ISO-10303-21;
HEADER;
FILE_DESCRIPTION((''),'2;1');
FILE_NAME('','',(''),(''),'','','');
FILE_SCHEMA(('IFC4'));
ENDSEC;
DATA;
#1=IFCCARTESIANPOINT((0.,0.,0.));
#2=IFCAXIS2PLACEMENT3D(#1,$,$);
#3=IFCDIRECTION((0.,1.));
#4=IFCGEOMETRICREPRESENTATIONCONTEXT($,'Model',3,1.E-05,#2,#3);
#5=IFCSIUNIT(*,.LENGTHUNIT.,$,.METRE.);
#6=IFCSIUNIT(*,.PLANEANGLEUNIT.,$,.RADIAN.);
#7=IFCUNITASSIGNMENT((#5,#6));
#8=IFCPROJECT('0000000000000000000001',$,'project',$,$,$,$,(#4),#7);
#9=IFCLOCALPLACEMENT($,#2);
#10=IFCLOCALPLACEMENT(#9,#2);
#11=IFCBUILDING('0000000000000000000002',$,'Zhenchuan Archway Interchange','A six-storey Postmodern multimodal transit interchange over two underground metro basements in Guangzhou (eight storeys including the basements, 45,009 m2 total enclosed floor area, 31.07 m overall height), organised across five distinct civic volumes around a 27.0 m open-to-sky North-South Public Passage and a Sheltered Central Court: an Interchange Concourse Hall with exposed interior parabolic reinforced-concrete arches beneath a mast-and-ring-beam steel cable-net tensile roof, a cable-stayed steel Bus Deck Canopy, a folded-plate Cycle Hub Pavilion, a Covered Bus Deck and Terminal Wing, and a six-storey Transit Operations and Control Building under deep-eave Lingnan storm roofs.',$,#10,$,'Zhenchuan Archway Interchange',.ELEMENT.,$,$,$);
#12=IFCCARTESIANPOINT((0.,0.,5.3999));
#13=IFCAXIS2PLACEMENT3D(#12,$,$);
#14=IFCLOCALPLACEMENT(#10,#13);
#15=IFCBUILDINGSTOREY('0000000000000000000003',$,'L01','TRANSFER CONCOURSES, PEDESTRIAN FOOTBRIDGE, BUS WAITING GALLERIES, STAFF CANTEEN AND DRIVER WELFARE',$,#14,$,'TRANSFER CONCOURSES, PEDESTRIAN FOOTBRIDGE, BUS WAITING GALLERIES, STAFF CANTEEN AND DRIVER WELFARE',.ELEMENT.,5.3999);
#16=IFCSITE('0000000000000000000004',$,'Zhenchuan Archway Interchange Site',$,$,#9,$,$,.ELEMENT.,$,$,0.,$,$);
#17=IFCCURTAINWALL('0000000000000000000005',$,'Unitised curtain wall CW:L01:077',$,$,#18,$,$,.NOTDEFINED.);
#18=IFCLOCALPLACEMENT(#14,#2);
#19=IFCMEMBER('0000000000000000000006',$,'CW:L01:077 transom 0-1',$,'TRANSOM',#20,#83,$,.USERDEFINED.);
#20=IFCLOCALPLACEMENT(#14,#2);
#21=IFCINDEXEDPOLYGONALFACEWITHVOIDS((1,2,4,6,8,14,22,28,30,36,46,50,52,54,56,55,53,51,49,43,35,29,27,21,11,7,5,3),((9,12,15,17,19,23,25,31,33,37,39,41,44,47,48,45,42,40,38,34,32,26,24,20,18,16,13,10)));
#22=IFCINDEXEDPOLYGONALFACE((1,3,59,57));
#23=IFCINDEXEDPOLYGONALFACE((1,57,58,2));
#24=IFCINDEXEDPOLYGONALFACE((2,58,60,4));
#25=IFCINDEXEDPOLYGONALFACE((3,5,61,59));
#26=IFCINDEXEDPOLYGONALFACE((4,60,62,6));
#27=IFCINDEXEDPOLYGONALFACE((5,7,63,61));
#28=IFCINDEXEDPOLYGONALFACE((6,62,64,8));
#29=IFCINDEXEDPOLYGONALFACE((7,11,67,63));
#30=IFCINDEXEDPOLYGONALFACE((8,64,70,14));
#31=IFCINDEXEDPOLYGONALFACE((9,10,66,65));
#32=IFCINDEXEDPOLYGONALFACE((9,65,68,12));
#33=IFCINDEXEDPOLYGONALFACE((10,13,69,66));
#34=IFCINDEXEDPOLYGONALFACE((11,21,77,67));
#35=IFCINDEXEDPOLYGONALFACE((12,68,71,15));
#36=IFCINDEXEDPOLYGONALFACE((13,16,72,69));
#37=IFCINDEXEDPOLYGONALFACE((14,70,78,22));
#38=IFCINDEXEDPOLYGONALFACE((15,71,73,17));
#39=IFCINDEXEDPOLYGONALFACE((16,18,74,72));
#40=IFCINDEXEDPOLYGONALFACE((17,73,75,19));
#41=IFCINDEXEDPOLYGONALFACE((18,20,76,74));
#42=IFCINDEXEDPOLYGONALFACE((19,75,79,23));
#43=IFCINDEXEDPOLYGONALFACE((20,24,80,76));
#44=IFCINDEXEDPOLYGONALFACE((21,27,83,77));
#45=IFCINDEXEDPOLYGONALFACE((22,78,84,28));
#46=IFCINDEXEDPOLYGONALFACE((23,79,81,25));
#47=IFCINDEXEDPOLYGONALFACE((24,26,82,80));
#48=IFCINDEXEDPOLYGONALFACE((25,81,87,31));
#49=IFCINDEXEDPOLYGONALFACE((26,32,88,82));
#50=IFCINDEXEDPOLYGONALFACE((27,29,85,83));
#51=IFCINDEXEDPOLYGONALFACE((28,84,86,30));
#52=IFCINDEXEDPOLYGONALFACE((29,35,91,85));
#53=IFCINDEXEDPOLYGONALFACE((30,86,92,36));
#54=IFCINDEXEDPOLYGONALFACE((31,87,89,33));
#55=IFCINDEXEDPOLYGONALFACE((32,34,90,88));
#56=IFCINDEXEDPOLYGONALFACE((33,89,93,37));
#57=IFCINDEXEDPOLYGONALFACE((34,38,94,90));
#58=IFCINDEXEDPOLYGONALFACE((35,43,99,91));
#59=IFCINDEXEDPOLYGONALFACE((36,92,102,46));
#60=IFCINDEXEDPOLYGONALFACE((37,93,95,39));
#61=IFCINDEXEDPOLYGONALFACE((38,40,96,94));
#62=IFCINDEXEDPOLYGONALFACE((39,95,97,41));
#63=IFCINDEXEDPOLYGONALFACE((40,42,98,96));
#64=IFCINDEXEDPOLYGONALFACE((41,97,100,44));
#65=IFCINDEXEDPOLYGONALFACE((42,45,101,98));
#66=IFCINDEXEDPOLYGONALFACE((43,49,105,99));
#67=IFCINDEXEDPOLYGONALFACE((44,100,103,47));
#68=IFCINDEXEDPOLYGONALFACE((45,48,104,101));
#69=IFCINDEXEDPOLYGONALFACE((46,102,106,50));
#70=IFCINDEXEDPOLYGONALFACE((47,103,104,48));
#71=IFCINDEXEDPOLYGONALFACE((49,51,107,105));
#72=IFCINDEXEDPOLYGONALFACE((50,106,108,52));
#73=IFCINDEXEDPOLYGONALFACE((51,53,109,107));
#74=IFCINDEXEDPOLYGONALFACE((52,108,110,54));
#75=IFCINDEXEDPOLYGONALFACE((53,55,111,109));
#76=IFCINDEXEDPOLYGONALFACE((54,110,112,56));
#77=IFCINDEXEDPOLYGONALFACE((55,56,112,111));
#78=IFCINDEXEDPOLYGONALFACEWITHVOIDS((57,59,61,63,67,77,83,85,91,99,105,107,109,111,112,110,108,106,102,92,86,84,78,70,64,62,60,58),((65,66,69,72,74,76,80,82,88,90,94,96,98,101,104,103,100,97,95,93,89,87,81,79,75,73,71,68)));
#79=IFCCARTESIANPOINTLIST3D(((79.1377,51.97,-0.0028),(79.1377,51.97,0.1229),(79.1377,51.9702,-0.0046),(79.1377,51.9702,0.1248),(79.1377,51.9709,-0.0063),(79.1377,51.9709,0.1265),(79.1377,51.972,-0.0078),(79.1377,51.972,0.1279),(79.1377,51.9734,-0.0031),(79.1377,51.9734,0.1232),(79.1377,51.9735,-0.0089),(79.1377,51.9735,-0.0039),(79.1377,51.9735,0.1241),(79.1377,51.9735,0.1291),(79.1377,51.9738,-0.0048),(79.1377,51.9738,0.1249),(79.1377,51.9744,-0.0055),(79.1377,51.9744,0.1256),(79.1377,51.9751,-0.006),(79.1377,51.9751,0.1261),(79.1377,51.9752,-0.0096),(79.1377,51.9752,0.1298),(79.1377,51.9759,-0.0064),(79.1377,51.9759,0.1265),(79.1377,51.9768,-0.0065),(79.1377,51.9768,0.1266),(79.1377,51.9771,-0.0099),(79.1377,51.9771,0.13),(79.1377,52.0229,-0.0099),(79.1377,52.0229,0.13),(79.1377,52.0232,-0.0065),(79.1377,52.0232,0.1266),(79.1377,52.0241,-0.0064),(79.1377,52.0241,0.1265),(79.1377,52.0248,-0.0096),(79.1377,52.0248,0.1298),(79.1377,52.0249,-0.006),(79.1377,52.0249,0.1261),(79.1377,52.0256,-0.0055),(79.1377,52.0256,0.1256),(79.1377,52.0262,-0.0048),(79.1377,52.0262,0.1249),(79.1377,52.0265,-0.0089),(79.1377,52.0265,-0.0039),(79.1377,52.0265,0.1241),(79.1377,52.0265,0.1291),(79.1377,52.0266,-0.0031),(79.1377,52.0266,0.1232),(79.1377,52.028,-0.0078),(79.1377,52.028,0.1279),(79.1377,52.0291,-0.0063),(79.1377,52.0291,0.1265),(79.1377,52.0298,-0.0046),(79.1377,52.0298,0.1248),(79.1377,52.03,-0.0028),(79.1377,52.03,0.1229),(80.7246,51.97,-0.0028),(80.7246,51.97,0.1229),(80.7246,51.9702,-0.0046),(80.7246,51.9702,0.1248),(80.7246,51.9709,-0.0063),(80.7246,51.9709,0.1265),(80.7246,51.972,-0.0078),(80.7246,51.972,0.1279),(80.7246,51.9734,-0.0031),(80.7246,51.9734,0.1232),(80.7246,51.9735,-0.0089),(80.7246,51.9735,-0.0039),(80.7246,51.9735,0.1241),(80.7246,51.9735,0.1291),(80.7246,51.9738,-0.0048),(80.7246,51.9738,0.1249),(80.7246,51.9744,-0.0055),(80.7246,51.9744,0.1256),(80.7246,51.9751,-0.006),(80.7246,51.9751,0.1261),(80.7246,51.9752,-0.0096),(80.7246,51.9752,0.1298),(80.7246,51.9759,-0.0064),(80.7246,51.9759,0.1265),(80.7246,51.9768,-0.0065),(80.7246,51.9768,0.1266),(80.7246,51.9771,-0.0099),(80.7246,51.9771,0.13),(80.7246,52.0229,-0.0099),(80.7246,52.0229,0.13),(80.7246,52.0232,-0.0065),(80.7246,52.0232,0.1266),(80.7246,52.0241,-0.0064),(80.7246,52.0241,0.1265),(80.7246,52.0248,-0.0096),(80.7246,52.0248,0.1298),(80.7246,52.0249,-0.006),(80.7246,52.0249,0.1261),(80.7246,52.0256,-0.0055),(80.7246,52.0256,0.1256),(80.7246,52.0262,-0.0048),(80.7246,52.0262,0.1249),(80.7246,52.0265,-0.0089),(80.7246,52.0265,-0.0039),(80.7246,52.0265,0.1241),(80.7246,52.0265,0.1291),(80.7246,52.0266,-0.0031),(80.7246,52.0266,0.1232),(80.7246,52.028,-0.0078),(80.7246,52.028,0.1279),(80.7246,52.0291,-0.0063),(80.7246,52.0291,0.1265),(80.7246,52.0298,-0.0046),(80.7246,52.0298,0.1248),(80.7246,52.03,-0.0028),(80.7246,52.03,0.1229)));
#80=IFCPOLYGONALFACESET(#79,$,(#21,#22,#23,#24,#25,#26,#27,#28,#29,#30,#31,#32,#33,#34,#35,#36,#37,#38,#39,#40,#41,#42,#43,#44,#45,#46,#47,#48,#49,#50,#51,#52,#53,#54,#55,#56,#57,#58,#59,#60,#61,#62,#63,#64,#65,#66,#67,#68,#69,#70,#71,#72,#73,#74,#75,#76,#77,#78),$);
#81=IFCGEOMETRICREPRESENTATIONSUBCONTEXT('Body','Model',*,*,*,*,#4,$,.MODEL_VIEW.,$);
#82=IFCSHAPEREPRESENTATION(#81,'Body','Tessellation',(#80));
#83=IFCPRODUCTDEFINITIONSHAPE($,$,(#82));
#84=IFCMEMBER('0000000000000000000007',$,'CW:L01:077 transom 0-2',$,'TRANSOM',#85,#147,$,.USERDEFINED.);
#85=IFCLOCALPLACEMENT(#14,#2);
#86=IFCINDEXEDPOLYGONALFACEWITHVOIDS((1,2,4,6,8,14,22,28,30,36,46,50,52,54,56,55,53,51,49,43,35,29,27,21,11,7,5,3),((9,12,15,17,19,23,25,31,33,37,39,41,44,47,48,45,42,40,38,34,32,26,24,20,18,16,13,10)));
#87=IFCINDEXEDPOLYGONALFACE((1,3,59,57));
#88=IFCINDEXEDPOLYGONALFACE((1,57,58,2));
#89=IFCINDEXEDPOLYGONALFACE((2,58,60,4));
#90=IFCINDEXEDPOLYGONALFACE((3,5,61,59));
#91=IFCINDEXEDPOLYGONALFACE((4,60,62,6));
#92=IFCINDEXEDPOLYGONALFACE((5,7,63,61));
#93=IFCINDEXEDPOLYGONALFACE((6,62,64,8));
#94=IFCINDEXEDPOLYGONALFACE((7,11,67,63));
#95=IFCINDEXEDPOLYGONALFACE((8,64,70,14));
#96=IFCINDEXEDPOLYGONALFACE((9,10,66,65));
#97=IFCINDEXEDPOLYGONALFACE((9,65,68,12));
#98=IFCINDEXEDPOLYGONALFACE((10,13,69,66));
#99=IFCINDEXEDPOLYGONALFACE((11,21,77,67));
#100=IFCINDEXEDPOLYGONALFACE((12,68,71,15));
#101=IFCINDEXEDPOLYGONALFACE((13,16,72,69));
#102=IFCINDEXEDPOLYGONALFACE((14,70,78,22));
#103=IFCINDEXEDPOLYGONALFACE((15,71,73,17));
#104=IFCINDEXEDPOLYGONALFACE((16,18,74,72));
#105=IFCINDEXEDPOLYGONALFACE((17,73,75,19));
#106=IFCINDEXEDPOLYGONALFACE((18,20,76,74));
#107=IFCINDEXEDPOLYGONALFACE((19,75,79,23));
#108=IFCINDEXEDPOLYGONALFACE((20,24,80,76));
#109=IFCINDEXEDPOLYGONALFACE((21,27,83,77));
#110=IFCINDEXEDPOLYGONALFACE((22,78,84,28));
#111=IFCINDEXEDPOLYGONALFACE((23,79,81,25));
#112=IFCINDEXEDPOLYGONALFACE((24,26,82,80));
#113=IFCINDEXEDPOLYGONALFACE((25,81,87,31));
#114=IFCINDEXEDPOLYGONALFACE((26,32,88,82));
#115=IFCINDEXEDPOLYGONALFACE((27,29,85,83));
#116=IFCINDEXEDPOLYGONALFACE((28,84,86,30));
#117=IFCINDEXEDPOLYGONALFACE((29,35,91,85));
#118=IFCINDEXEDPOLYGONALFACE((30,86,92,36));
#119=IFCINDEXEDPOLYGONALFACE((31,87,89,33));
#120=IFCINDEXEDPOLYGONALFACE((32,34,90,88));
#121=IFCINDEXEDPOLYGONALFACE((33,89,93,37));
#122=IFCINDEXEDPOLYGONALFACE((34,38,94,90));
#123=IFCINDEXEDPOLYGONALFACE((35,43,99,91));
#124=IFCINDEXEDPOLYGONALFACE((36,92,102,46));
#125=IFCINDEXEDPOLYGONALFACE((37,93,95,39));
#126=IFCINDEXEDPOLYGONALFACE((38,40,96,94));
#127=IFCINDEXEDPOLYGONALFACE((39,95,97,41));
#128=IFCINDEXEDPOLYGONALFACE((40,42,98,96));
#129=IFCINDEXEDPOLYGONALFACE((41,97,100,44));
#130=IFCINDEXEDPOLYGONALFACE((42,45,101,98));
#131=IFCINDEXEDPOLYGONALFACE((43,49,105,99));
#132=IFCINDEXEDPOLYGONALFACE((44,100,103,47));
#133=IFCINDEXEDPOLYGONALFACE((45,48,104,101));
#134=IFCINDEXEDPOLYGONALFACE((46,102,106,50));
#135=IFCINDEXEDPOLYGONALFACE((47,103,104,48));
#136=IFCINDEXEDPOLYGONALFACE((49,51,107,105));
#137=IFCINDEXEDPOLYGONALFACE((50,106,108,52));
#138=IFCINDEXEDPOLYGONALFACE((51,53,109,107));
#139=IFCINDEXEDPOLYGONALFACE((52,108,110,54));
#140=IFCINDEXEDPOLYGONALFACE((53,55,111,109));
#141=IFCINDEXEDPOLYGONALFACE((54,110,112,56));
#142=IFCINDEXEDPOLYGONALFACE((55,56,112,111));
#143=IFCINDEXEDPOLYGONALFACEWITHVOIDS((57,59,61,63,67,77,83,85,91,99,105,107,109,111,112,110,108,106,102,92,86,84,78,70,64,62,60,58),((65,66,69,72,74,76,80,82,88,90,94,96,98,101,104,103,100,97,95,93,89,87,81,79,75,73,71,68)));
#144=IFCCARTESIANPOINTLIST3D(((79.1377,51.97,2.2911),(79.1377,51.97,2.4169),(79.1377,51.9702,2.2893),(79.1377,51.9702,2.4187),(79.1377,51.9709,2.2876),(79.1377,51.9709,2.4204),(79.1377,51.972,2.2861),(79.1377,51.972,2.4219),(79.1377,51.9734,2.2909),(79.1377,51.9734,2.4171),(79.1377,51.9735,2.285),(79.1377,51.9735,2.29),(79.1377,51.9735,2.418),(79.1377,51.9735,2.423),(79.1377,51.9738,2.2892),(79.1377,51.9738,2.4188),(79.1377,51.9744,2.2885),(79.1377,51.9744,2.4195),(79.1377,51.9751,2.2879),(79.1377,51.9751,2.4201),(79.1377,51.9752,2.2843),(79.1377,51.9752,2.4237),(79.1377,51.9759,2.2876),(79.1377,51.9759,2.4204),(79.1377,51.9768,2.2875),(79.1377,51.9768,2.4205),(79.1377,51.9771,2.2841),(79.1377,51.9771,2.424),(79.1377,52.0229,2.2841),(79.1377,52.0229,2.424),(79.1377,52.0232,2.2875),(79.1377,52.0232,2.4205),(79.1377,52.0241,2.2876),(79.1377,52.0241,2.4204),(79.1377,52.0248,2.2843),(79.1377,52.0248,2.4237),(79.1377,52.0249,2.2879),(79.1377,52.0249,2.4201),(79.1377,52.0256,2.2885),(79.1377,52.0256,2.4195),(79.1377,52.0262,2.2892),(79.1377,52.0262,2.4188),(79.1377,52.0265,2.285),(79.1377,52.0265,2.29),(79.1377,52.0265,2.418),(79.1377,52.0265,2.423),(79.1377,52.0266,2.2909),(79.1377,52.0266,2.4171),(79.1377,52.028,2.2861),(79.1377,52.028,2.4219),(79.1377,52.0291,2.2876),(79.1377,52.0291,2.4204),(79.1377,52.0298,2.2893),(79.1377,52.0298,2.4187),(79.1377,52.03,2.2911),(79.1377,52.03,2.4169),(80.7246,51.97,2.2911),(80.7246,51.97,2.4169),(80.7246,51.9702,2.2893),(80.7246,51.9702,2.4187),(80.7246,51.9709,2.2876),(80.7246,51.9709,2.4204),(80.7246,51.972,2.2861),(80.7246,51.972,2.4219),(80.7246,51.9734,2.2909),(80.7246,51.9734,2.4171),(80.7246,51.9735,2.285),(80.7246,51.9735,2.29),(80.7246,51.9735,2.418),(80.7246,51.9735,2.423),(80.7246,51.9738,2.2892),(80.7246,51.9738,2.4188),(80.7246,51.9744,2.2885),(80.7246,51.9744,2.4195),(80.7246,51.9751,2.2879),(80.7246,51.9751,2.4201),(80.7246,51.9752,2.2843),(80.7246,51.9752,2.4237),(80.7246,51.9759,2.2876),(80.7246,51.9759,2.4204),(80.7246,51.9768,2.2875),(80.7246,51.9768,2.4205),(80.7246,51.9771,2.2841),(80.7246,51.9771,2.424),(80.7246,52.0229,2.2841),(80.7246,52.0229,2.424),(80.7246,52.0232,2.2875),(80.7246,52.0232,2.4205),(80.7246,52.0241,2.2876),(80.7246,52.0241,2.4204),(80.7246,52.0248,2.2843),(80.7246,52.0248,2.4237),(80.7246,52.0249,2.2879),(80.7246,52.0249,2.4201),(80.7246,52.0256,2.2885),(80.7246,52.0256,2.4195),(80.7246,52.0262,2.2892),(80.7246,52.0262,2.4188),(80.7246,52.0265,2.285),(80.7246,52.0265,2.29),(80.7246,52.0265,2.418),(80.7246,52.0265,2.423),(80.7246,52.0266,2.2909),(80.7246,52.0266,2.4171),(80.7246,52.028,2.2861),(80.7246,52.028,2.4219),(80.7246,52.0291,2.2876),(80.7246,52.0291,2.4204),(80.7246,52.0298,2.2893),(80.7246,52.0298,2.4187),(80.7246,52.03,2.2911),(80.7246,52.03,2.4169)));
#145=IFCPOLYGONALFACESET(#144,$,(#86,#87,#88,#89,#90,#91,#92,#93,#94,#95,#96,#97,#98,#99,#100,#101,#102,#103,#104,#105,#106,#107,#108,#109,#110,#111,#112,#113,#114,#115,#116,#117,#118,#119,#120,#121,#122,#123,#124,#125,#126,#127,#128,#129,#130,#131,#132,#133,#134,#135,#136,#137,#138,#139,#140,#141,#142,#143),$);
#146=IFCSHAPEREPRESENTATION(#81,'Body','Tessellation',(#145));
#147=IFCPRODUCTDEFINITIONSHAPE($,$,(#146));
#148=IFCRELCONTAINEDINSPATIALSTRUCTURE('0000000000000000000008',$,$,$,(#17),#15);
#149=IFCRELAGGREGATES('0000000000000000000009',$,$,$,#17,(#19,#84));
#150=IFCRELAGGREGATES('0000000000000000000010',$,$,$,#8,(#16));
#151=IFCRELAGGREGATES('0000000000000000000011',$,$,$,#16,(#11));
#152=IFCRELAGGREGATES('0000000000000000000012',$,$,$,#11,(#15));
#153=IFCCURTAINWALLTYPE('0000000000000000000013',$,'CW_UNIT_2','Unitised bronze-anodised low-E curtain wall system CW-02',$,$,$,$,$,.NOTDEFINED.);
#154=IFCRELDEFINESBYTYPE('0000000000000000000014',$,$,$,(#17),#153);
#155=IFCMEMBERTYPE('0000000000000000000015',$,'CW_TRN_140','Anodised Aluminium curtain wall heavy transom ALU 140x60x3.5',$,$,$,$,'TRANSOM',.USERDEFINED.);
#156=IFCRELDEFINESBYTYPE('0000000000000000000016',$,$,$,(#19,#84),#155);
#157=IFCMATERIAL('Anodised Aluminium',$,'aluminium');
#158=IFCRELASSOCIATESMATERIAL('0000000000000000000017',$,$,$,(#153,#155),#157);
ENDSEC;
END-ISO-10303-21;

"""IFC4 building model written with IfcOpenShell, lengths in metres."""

from ifc_helpers import new_model, si_unit, direction, frame, origin, origin_2d, place, context, subcontext, project, spatial, hollow_rectangle, extrude, material, material_profile, profile_set, type_object, element, aggregate, save


model = new_model("IFC4")

# Units and contexts
model_context = context("Model", 3, precision=1e-05, world=origin(), true_north=direction((0.0, 1.0)))
body_context = subcontext(model_context, "Body", "Model", "MODEL_VIEW")
ifc_project = project(units=[si_unit("LENGTHUNIT", "METRE"), si_unit("PLANEANGLEUNIT", "RADIAN")], contexts=[model_context])

# Site, building, storey
site_placement = place(None, origin())
site = spatial("IfcSite", under=ifc_project, at=site_placement, Name="Zhenchuan Archway Interchange Site", CompositionType="ELEMENT", RefElevation=0.0)
building_placement = place(site_placement, origin())
building = spatial("IfcBuilding", under=site, at=building_placement, Name="Zhenchuan Archway Interchange", Description="A six-storey Postmodern multimodal transit interchange over two underground metro basements in Guangzhou (eight storeys including the basements, 45,009 m2 total enclosed floor area, 31.07 m overall height), organised across five distinct civic volumes around a 27.0 m open-to-sky North-South Public Passage and a Sheltered Central Court: an Interchange Concourse Hall with exposed interior parabolic reinforced-concrete arches beneath a mast-and-ring-beam steel cable-net tensile roof, a cable-stayed steel Bus Deck Canopy, a folded-plate Cycle Hub Pavilion, a Covered Bus Deck and Terminal Wing, and a six-storey Transit Operations and Control Building under deep-eave Lingnan storm roofs.", LongName="Zhenchuan Archway Interchange", CompositionType="ELEMENT")
storey_placement = place(building_placement, frame((0.0, 0.0, 5.3999)))
storey = spatial("IfcBuildingStorey", under=building, at=storey_placement, Name="L01", Description="TRANSFER CONCOURSES, PEDESTRIAN FOOTBRIDGE, BUS WAITING GALLERIES, STAFF CANTEEN AND DRIVER WELFARE", LongName="TRANSFER CONCOURSES, PEDESTRIAN FOOTBRIDGE, BUS WAITING GALLERIES, STAFF CANTEEN AND DRIVER WELFARE", CompositionType="ELEMENT", Elevation=5.3999)

# Shared definitions
ifc_material_1 = material(Name="Anodised Aluminium", Category="aluminium")

# Curtain wall
curtain_wall_type_1 = type_object("IfcCurtainWallType", Name="CW_UNIT_2", Description="Unitised bronze-anodised low-E curtain wall system CW-02", PredefinedType="NOTDEFINED", material=ifc_material_1)
curtain_wall_1_placement = place(storey_placement, origin())
curtain_wall_1 = element("IfcCurtainWall", 1, at=curtain_wall_1_placement, inside=storey, type_object=curtain_wall_type_1, Name="Unitised curtain wall CW:L01:077", PredefinedType="NOTDEFINED")

# Members
ifc_material_profile_1 = material_profile(ifc_material_1, hollow_rectangle(XDim=0.0601, YDim=0.1399, WallThickness=0.0034, InnerFilletRadius=0.0034, OuterFilletRadius=0.0071, at=origin_2d()), Name="ALU 140x60x3.5")
ifc_profile_set_1 = profile_set([ifc_material_profile_1], Name="Anodised Aluminium")
member_type_1 = type_object("IfcMemberType", Name="CW_TRN_140", Description="Anodised Aluminium curtain wall heavy transom ALU 140x60x3.5", ElementType="TRANSOM", PredefinedType="USERDEFINED", material=ifc_profile_set_1)
member_1_placement = place(storey_placement, frame((80.7246, 52.0, 0.0601), z_axis=(-1.0, 0.0, 0.0), x_axis=(0.0, -1.0, 0.0)))
member_1 = element("IfcMember", 2, at=member_1_placement, type_object=member_type_1, Name="CW:L01:077 transom 0-1", ObjectType="TRANSOM", PredefinedType="USERDEFINED", context=body_context, shape_type="SweptSolid", body=[
    extrude(hollow_rectangle(XDim=0.0601, YDim=0.1399, WallThickness=0.0034, InnerFilletRadius=0.0034, OuterFilletRadius=0.0071, at=origin_2d()), origin(), (0.0, 0.0, 1.0), 1.5869),
])
member_2_placement = place(storey_placement, frame((80.7246, 52.0, 2.354), z_axis=(-1.0, 0.0, 0.0), x_axis=(0.0, -1.0, 0.0)))
member_2 = element("IfcMember", 3, at=member_2_placement, type_object=member_type_1, Name="CW:L01:077 transom 0-2", ObjectType="TRANSOM", PredefinedType="USERDEFINED", context=body_context, shape_type="SweptSolid", body=[
    extrude(hollow_rectangle(XDim=0.0601, YDim=0.1399, WallThickness=0.0034, InnerFilletRadius=0.0034, OuterFilletRadius=0.0071, at=origin_2d()), origin(), (0.0, 0.0, 1.0), 1.5869),
])

aggregate(curtain_wall_1, [member_1, member_2])

save(model, "model.ifc")
